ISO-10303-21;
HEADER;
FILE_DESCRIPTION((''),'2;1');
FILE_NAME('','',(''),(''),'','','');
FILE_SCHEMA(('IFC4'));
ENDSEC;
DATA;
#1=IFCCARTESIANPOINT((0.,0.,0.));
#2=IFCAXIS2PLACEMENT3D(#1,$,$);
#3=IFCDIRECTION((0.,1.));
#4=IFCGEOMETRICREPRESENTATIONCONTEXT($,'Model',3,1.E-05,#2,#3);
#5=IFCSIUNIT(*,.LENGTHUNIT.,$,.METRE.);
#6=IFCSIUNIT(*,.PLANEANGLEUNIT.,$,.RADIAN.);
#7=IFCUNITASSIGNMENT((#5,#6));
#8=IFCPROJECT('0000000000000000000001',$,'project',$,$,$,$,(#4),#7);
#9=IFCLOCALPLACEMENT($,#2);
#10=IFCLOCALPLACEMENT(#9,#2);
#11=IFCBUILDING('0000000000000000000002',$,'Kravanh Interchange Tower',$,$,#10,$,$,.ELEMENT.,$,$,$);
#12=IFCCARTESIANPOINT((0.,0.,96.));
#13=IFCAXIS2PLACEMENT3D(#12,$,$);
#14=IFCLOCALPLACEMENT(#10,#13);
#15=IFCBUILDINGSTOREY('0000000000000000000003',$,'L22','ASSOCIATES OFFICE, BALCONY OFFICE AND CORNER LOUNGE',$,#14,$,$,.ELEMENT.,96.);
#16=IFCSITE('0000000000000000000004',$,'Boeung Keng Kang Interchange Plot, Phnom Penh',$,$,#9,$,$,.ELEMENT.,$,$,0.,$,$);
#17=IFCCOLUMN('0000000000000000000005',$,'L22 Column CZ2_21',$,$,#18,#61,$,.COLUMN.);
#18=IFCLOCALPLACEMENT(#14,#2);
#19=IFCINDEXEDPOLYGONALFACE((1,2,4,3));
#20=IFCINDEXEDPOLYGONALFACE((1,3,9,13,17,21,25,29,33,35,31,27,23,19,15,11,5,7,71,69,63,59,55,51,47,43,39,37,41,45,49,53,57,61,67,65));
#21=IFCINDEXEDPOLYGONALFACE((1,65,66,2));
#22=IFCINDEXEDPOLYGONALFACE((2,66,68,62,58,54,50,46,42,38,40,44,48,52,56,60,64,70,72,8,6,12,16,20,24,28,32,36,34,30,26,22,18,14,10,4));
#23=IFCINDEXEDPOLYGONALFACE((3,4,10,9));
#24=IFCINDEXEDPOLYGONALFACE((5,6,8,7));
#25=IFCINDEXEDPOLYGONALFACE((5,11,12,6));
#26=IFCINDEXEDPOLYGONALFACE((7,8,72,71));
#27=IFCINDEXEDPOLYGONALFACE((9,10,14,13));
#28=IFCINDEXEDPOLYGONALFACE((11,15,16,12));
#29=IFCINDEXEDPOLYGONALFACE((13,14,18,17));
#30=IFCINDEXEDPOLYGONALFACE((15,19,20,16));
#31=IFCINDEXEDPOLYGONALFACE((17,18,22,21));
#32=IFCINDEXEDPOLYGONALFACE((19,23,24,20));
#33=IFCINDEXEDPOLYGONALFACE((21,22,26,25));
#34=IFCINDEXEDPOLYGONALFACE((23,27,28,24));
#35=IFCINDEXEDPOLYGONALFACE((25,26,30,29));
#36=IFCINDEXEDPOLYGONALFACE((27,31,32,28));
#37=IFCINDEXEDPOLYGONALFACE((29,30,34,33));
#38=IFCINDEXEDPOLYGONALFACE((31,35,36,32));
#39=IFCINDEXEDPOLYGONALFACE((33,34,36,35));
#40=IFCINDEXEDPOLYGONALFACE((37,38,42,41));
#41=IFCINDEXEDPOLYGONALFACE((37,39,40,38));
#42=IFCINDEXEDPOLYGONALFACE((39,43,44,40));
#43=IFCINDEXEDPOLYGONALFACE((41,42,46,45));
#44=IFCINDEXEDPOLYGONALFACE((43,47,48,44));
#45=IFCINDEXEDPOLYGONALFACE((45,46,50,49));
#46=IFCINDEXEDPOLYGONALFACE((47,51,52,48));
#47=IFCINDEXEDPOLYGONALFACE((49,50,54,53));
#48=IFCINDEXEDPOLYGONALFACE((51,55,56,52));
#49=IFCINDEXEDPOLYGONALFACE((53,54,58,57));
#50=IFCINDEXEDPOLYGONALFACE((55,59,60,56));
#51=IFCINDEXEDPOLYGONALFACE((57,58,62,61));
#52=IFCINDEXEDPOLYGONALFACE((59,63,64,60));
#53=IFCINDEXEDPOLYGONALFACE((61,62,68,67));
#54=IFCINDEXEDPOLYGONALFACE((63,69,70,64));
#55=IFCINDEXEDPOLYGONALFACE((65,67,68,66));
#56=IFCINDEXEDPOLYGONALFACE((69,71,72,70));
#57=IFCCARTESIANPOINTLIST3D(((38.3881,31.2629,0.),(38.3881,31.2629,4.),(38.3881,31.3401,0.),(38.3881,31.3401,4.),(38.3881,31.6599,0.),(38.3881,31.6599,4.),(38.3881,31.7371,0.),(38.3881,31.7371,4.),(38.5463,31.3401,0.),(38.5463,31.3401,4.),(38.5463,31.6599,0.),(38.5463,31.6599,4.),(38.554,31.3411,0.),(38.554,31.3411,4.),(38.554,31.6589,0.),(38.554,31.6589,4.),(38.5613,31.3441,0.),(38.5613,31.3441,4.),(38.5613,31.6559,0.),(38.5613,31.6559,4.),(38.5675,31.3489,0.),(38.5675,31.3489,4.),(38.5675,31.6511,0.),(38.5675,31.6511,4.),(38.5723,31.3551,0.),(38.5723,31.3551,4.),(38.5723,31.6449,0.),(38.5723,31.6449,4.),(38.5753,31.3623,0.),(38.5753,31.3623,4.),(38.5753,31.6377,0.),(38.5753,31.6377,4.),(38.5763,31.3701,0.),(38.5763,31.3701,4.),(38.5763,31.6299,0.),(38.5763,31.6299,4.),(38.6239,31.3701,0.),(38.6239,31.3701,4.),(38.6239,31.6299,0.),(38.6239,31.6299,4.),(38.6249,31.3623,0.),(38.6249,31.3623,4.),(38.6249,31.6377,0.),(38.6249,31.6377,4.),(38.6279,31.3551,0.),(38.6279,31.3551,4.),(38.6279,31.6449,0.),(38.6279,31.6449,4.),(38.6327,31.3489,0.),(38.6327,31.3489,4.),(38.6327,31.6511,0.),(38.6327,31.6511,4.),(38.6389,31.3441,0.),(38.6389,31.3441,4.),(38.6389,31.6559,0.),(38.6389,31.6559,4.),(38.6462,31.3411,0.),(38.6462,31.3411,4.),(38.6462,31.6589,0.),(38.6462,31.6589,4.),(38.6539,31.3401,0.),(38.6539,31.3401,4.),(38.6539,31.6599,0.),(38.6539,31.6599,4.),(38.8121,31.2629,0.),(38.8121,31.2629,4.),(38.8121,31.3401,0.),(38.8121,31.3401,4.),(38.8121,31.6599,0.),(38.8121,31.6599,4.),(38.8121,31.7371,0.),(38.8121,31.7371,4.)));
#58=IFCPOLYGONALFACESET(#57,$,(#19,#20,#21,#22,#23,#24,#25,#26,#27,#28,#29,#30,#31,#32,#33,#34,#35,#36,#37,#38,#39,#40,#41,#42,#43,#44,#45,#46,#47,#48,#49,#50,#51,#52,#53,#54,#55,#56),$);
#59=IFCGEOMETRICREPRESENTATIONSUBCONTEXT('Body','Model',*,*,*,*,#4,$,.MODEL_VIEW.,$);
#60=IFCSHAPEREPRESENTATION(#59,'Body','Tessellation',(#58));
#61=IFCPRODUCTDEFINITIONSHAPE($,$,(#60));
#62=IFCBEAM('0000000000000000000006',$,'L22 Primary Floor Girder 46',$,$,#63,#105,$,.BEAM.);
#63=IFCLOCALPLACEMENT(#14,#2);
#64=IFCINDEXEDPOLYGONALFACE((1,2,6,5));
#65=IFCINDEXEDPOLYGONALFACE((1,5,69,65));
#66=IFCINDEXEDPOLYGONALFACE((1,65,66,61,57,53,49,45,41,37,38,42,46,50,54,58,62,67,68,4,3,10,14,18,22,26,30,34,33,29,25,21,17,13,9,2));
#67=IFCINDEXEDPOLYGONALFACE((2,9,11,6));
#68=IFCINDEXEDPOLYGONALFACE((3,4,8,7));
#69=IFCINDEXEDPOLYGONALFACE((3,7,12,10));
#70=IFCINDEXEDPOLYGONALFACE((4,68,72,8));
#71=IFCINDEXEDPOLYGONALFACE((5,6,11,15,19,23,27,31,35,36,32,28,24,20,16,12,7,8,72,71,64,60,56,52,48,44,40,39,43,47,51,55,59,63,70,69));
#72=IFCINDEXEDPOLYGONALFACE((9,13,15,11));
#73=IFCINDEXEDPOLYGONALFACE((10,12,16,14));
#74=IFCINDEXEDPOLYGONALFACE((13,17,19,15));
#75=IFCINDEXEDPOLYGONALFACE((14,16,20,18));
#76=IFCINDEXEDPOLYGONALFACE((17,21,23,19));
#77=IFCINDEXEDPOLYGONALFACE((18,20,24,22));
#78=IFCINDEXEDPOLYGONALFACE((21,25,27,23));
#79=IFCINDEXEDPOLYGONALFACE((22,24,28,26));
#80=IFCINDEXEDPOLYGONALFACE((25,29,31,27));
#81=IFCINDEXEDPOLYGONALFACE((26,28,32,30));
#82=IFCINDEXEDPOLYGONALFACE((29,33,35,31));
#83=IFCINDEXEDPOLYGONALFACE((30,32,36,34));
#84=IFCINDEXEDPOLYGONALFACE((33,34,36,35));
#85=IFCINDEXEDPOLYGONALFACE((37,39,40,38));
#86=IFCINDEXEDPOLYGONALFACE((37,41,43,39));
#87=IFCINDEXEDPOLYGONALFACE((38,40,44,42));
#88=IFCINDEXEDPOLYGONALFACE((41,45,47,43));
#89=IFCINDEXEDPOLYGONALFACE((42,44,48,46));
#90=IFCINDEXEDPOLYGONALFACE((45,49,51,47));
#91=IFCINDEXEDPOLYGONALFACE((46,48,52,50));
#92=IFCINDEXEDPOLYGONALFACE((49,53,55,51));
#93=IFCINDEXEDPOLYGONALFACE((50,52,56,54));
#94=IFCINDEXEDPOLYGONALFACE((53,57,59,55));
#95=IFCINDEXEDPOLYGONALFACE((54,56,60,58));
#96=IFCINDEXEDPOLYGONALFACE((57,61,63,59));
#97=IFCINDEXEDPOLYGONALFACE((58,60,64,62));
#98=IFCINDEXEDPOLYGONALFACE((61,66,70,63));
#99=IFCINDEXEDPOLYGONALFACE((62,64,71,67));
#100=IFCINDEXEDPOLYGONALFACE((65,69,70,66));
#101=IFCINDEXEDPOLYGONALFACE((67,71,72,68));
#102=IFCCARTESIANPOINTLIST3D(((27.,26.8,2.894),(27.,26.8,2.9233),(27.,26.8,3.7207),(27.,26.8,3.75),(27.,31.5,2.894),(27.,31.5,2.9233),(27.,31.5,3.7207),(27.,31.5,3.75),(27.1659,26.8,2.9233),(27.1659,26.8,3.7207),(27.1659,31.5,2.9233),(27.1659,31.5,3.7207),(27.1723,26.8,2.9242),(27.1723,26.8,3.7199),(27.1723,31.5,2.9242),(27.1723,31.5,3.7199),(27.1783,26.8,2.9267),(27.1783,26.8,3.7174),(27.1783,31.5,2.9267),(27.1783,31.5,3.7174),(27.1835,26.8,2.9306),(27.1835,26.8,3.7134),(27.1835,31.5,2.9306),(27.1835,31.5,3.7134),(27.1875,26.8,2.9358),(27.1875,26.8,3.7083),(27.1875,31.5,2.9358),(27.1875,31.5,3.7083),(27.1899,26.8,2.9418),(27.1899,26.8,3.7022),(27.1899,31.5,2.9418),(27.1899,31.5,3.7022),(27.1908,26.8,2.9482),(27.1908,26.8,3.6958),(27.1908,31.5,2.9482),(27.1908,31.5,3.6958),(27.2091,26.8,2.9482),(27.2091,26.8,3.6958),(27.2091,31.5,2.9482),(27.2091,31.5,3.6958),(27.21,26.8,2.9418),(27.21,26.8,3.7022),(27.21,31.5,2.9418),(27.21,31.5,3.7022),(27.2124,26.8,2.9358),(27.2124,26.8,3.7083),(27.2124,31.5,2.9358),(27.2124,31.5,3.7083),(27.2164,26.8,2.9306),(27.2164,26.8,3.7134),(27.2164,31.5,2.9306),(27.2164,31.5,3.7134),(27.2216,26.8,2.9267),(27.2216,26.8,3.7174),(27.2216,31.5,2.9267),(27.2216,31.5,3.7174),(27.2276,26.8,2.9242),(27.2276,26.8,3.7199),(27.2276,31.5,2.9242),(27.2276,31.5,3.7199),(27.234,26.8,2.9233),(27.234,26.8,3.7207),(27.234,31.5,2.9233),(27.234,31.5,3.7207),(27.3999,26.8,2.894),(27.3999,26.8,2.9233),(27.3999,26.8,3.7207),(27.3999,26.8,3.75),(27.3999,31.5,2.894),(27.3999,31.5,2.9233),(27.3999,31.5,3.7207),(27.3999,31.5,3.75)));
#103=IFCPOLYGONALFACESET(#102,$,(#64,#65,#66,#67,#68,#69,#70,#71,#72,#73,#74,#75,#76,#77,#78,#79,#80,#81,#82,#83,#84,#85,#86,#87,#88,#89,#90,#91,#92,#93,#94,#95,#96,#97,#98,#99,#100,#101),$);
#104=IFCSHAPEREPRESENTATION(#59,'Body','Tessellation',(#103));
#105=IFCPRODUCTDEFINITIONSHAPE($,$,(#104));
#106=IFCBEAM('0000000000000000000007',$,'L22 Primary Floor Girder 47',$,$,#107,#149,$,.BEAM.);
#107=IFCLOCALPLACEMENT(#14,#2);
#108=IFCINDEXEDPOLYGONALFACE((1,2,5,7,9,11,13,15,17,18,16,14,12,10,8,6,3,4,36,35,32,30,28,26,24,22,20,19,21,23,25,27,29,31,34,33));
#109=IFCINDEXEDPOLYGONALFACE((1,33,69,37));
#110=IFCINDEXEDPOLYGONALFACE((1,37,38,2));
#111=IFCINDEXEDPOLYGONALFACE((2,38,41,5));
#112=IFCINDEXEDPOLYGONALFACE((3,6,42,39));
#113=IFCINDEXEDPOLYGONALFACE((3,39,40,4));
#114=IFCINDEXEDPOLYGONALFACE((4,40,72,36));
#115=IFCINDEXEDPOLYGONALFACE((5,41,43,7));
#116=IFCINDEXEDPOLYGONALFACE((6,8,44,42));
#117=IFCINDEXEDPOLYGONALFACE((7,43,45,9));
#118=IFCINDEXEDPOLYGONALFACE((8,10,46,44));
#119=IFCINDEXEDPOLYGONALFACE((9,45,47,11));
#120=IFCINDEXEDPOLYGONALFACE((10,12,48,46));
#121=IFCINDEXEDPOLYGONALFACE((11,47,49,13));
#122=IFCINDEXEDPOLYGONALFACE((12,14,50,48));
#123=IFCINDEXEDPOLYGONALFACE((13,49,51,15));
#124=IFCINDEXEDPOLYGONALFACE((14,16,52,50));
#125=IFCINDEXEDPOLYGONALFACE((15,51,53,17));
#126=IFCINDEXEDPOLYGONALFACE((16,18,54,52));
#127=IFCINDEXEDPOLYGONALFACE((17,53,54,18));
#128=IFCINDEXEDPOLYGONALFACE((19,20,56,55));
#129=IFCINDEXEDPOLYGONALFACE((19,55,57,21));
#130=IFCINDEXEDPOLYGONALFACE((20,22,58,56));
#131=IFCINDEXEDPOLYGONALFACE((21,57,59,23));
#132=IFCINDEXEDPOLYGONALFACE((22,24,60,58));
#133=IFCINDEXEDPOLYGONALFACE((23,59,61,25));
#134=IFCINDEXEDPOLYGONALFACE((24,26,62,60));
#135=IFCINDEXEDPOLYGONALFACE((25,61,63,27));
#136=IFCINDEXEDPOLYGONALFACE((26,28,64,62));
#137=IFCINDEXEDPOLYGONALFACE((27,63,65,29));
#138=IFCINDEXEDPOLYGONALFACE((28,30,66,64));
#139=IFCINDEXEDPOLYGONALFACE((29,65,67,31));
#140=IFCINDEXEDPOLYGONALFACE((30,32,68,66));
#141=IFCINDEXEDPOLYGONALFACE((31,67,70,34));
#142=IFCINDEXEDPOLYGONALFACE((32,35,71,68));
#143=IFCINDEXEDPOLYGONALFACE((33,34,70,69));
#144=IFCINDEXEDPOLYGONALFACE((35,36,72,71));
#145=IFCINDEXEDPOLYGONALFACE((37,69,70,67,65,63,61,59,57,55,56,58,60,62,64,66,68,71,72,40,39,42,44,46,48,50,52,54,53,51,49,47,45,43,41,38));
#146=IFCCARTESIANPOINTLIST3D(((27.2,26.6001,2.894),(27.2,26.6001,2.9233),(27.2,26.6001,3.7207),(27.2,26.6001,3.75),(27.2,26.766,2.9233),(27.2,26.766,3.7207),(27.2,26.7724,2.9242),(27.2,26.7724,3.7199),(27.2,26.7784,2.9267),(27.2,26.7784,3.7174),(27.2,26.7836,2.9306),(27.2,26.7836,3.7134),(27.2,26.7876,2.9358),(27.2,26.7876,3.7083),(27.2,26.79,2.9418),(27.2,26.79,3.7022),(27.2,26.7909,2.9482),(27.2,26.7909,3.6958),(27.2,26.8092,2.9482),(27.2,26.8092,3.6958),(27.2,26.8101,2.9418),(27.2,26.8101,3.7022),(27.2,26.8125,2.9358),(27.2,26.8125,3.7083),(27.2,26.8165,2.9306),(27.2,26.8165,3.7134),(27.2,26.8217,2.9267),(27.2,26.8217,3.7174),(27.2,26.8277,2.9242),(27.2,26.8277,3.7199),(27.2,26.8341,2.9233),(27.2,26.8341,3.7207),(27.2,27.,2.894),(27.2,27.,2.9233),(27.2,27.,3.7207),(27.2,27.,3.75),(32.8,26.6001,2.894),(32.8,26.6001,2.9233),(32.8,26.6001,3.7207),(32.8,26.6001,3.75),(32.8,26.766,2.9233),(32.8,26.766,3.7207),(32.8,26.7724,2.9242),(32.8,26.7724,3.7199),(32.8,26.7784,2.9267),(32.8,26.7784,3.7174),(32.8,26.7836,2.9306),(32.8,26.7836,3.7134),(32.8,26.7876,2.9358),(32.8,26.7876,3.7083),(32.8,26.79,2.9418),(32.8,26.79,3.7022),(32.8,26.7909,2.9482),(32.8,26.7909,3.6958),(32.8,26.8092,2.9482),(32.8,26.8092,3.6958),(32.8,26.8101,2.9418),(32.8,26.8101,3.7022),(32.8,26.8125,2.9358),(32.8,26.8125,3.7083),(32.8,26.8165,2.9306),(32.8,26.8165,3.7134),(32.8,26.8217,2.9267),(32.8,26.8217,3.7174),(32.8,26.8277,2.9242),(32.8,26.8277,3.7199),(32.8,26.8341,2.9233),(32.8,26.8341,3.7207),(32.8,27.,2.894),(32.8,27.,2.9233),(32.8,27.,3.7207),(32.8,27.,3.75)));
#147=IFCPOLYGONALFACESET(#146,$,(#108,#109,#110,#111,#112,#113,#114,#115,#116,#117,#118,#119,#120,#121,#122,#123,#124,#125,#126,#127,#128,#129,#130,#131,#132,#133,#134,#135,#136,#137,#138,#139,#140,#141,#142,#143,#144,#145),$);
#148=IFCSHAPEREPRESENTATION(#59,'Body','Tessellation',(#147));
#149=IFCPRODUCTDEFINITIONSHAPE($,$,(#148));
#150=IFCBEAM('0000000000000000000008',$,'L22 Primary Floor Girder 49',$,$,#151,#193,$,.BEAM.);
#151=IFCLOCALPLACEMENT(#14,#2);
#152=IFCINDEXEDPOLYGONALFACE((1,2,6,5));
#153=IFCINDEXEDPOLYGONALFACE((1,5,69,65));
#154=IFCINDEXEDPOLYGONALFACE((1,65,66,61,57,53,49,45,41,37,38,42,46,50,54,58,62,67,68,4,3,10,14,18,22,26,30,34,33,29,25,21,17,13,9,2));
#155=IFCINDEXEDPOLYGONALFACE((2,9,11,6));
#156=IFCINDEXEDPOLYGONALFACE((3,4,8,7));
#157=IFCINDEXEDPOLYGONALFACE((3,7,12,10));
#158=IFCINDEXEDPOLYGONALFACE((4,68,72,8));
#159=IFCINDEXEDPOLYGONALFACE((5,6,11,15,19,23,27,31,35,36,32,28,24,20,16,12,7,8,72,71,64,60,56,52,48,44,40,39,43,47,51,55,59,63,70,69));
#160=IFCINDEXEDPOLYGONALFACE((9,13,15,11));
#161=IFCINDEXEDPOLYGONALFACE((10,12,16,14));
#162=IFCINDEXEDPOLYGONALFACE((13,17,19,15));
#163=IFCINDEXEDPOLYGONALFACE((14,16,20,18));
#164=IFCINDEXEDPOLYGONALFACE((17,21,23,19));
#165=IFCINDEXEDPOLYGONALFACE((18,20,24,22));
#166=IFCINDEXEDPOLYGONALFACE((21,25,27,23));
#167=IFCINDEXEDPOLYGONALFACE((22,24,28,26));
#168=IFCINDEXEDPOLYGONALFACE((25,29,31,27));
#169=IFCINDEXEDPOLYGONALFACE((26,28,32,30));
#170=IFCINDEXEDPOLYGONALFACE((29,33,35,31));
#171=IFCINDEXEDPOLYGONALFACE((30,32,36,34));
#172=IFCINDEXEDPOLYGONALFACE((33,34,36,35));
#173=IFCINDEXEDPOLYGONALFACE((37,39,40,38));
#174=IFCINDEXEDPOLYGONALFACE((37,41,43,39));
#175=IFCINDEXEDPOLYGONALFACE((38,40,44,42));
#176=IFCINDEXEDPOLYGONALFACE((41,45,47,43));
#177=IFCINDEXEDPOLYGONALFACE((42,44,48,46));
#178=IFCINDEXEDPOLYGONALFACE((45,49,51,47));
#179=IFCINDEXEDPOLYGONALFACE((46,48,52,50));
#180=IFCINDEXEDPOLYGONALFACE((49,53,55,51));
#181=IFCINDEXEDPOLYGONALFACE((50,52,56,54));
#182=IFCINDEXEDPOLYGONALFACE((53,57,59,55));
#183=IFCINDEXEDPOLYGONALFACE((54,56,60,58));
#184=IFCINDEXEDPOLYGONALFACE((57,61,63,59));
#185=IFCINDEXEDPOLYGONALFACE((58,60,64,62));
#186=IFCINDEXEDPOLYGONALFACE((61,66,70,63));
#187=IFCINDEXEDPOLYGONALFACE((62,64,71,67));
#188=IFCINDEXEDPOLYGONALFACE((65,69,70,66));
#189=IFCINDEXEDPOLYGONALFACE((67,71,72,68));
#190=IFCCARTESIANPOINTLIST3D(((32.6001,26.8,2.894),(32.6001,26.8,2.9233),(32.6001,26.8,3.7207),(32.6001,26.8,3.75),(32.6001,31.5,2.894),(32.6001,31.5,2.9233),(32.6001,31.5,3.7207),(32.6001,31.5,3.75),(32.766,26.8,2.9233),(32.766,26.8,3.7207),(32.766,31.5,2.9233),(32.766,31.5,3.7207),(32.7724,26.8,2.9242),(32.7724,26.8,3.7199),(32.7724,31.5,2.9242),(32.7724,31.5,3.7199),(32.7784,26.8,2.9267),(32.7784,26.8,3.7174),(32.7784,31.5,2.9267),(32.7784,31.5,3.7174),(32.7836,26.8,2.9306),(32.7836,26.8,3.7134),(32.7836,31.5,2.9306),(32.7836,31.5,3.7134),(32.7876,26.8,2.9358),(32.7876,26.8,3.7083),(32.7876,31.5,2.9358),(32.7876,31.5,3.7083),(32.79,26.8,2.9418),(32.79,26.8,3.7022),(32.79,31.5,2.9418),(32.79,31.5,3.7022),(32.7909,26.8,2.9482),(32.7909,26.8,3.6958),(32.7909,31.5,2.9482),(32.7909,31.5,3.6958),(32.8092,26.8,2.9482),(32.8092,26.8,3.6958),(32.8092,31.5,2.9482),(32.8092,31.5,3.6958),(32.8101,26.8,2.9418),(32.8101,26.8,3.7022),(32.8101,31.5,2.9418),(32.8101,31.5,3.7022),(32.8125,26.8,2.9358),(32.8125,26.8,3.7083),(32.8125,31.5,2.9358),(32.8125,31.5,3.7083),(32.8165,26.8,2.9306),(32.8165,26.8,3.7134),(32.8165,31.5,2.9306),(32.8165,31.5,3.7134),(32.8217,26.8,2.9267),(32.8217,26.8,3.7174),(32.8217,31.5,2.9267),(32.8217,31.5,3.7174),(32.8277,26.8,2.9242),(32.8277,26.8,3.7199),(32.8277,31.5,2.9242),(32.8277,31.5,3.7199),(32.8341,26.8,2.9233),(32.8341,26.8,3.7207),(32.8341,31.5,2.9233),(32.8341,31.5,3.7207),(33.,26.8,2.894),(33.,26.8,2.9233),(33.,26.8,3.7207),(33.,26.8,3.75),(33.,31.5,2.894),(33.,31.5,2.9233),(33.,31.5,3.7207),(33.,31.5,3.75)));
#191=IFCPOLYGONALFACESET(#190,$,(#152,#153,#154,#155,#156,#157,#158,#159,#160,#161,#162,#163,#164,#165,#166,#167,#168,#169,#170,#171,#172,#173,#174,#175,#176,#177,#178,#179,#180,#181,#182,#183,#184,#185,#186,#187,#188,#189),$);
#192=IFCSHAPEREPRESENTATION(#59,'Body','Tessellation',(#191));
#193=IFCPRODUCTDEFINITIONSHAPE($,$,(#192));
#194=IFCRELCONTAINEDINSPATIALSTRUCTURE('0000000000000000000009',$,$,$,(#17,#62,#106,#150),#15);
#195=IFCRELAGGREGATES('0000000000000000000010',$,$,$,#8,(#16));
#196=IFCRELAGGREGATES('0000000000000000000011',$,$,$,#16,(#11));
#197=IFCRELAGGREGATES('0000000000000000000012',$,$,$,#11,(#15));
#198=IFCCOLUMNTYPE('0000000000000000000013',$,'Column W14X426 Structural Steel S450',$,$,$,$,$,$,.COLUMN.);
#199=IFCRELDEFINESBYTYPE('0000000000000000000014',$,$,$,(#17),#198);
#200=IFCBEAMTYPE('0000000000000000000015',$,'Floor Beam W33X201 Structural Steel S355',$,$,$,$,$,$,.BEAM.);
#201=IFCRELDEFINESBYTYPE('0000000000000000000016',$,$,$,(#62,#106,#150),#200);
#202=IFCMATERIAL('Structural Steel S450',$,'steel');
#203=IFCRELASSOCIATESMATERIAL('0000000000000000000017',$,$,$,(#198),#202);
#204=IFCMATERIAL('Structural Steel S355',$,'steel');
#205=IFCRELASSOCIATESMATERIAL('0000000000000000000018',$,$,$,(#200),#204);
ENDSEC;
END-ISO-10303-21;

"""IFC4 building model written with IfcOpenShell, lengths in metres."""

from ifc_helpers import new_model, si_unit, direction, frame, origin, origin_2d, place, context, subcontext, project, spatial, i_section, extrude, material, material_profile, profile_set, type_object, element, save


model = new_model("IFC4")

# Units and contexts
model_context = context("Model", 3, precision=1e-05, world=origin(), true_north=direction((0.0, 1.0)))
body_context = subcontext(model_context, "Body", "Model", "MODEL_VIEW")
ifc_project = project(units=[si_unit("LENGTHUNIT", "METRE"), si_unit("PLANEANGLEUNIT", "RADIAN")], contexts=[model_context])

# Site, building, storey
site_placement = place(None, origin())
site = spatial("IfcSite", under=ifc_project, at=site_placement, Name="Boeung Keng Kang Interchange Plot, Phnom Penh", CompositionType="ELEMENT", RefElevation=0.0)
building_placement = place(site_placement, origin())
building = spatial("IfcBuilding", under=site, at=building_placement, Name="Kravanh Interchange Tower", CompositionType="ELEMENT")
storey_placement = place(building_placement, frame((0.0, 0.0, 96.0)))
storey = spatial("IfcBuildingStorey", under=building, at=storey_placement, Name="L22", Description="ASSOCIATES OFFICE, BALCONY OFFICE AND CORNER LOUNGE", CompositionType="ELEMENT", Elevation=96.0)

# Column
ifc_material_1 = material(Name="Structural Steel S450", Category="steel")
ifc_material_profile_1 = material_profile(ifc_material_1, i_section(OverallWidth=0.4241, OverallDepth=0.4741, WebThickness=0.0476, FlangeThickness=0.0771, FilletRadius=0.03, at=origin_2d()), Name="W14X426")
ifc_profile_set_1 = profile_set([ifc_material_profile_1], Name="Structural Steel S450")
column_type = type_object("IfcColumnType", Name="Column W14X426 Structural Steel S450", PredefinedType="COLUMN", material=ifc_profile_set_1)
for number, where, z_axis, x_axis, name in (
    (1, (38.6001, 31.5, 0.0), (0.0, 0.0, 1.0), (1.0, 0.0, 0.0), "L22 Column CZ2_21"),
):
    element("IfcColumn", number, at=place(storey_placement, frame(where, z_axis=z_axis, x_axis=x_axis)), inside=storey, type_object=column_type, Name=name, PredefinedType="COLUMN", context=body_context, shape_type="SweptSolid", body=[
        extrude(i_section(OverallWidth=0.4241, OverallDepth=0.4741, WebThickness=0.0476, FlangeThickness=0.0771, FilletRadius=0.03, at=origin_2d()), origin(), (0.0, 0.0, 1.0), 4.0),
    ])

# Beams
ifc_material_2 = material(Name="Structural Steel S355", Category="steel")
ifc_material_profile_2 = material_profile(ifc_material_2, i_section(OverallWidth=0.3999, OverallDepth=0.856, WebThickness=0.0183, FlangeThickness=0.0293, FilletRadius=0.0249, at=origin_2d()), Name="W33X201")
ifc_profile_set_2 = profile_set([ifc_material_profile_2], Name="Structural Steel S355")
beam_type_1 = type_object("IfcBeamType", Name="Floor Beam W33X201 Structural Steel S355", PredefinedType="BEAM", material=ifc_profile_set_2)
beam_1_placement = place(storey_placement, frame((27.2, 26.8, 3.322), z_axis=(0.0, 1.0, 0.0), x_axis=(-1.0, 0.0, 0.0)))
element("IfcBeam", 2, at=beam_1_placement, inside=storey, type_object=beam_type_1, Name="L22 Primary Floor Girder 46", PredefinedType="BEAM", context=body_context, shape_type="SweptSolid", body=[
    extrude(i_section(OverallWidth=0.3999, OverallDepth=0.856, WebThickness=0.0183, FlangeThickness=0.0293, FilletRadius=0.0249, at=origin_2d()), origin(), (0.0, 0.0, 1.0), 4.7),
])
beam_2_placement = place(storey_placement, frame((27.2, 26.8, 3.322), z_axis=(1.0, 0.0, 0.0), x_axis=(0.0, 1.0, 0.0)))
element("IfcBeam", 3, at=beam_2_placement, inside=storey, type_object=beam_type_1, Name="L22 Primary Floor Girder 47", PredefinedType="BEAM", context=body_context, shape_type="SweptSolid", body=[
    extrude(i_section(OverallWidth=0.3999, OverallDepth=0.856, WebThickness=0.0183, FlangeThickness=0.0293, FilletRadius=0.0249, at=origin_2d()), origin(), (0.0, 0.0, 1.0), 5.6001),
])
beam_3_placement = place(storey_placement, frame((32.8, 26.8, 3.322), z_axis=(0.0, 1.0, 0.0), x_axis=(-1.0, 0.0, 0.0)))
element("IfcBeam", 4, at=beam_3_placement, inside=storey, type_object=beam_type_1, Name="L22 Primary Floor Girder 49", PredefinedType="BEAM", context=body_context, shape_type="SweptSolid", body=[
    extrude(i_section(OverallWidth=0.3999, OverallDepth=0.856, WebThickness=0.0183, FlangeThickness=0.0293, FilletRadius=0.0249, at=origin_2d()), origin(), (0.0, 0.0, 1.0), 4.7),
])

save(model, "model.ifc")
